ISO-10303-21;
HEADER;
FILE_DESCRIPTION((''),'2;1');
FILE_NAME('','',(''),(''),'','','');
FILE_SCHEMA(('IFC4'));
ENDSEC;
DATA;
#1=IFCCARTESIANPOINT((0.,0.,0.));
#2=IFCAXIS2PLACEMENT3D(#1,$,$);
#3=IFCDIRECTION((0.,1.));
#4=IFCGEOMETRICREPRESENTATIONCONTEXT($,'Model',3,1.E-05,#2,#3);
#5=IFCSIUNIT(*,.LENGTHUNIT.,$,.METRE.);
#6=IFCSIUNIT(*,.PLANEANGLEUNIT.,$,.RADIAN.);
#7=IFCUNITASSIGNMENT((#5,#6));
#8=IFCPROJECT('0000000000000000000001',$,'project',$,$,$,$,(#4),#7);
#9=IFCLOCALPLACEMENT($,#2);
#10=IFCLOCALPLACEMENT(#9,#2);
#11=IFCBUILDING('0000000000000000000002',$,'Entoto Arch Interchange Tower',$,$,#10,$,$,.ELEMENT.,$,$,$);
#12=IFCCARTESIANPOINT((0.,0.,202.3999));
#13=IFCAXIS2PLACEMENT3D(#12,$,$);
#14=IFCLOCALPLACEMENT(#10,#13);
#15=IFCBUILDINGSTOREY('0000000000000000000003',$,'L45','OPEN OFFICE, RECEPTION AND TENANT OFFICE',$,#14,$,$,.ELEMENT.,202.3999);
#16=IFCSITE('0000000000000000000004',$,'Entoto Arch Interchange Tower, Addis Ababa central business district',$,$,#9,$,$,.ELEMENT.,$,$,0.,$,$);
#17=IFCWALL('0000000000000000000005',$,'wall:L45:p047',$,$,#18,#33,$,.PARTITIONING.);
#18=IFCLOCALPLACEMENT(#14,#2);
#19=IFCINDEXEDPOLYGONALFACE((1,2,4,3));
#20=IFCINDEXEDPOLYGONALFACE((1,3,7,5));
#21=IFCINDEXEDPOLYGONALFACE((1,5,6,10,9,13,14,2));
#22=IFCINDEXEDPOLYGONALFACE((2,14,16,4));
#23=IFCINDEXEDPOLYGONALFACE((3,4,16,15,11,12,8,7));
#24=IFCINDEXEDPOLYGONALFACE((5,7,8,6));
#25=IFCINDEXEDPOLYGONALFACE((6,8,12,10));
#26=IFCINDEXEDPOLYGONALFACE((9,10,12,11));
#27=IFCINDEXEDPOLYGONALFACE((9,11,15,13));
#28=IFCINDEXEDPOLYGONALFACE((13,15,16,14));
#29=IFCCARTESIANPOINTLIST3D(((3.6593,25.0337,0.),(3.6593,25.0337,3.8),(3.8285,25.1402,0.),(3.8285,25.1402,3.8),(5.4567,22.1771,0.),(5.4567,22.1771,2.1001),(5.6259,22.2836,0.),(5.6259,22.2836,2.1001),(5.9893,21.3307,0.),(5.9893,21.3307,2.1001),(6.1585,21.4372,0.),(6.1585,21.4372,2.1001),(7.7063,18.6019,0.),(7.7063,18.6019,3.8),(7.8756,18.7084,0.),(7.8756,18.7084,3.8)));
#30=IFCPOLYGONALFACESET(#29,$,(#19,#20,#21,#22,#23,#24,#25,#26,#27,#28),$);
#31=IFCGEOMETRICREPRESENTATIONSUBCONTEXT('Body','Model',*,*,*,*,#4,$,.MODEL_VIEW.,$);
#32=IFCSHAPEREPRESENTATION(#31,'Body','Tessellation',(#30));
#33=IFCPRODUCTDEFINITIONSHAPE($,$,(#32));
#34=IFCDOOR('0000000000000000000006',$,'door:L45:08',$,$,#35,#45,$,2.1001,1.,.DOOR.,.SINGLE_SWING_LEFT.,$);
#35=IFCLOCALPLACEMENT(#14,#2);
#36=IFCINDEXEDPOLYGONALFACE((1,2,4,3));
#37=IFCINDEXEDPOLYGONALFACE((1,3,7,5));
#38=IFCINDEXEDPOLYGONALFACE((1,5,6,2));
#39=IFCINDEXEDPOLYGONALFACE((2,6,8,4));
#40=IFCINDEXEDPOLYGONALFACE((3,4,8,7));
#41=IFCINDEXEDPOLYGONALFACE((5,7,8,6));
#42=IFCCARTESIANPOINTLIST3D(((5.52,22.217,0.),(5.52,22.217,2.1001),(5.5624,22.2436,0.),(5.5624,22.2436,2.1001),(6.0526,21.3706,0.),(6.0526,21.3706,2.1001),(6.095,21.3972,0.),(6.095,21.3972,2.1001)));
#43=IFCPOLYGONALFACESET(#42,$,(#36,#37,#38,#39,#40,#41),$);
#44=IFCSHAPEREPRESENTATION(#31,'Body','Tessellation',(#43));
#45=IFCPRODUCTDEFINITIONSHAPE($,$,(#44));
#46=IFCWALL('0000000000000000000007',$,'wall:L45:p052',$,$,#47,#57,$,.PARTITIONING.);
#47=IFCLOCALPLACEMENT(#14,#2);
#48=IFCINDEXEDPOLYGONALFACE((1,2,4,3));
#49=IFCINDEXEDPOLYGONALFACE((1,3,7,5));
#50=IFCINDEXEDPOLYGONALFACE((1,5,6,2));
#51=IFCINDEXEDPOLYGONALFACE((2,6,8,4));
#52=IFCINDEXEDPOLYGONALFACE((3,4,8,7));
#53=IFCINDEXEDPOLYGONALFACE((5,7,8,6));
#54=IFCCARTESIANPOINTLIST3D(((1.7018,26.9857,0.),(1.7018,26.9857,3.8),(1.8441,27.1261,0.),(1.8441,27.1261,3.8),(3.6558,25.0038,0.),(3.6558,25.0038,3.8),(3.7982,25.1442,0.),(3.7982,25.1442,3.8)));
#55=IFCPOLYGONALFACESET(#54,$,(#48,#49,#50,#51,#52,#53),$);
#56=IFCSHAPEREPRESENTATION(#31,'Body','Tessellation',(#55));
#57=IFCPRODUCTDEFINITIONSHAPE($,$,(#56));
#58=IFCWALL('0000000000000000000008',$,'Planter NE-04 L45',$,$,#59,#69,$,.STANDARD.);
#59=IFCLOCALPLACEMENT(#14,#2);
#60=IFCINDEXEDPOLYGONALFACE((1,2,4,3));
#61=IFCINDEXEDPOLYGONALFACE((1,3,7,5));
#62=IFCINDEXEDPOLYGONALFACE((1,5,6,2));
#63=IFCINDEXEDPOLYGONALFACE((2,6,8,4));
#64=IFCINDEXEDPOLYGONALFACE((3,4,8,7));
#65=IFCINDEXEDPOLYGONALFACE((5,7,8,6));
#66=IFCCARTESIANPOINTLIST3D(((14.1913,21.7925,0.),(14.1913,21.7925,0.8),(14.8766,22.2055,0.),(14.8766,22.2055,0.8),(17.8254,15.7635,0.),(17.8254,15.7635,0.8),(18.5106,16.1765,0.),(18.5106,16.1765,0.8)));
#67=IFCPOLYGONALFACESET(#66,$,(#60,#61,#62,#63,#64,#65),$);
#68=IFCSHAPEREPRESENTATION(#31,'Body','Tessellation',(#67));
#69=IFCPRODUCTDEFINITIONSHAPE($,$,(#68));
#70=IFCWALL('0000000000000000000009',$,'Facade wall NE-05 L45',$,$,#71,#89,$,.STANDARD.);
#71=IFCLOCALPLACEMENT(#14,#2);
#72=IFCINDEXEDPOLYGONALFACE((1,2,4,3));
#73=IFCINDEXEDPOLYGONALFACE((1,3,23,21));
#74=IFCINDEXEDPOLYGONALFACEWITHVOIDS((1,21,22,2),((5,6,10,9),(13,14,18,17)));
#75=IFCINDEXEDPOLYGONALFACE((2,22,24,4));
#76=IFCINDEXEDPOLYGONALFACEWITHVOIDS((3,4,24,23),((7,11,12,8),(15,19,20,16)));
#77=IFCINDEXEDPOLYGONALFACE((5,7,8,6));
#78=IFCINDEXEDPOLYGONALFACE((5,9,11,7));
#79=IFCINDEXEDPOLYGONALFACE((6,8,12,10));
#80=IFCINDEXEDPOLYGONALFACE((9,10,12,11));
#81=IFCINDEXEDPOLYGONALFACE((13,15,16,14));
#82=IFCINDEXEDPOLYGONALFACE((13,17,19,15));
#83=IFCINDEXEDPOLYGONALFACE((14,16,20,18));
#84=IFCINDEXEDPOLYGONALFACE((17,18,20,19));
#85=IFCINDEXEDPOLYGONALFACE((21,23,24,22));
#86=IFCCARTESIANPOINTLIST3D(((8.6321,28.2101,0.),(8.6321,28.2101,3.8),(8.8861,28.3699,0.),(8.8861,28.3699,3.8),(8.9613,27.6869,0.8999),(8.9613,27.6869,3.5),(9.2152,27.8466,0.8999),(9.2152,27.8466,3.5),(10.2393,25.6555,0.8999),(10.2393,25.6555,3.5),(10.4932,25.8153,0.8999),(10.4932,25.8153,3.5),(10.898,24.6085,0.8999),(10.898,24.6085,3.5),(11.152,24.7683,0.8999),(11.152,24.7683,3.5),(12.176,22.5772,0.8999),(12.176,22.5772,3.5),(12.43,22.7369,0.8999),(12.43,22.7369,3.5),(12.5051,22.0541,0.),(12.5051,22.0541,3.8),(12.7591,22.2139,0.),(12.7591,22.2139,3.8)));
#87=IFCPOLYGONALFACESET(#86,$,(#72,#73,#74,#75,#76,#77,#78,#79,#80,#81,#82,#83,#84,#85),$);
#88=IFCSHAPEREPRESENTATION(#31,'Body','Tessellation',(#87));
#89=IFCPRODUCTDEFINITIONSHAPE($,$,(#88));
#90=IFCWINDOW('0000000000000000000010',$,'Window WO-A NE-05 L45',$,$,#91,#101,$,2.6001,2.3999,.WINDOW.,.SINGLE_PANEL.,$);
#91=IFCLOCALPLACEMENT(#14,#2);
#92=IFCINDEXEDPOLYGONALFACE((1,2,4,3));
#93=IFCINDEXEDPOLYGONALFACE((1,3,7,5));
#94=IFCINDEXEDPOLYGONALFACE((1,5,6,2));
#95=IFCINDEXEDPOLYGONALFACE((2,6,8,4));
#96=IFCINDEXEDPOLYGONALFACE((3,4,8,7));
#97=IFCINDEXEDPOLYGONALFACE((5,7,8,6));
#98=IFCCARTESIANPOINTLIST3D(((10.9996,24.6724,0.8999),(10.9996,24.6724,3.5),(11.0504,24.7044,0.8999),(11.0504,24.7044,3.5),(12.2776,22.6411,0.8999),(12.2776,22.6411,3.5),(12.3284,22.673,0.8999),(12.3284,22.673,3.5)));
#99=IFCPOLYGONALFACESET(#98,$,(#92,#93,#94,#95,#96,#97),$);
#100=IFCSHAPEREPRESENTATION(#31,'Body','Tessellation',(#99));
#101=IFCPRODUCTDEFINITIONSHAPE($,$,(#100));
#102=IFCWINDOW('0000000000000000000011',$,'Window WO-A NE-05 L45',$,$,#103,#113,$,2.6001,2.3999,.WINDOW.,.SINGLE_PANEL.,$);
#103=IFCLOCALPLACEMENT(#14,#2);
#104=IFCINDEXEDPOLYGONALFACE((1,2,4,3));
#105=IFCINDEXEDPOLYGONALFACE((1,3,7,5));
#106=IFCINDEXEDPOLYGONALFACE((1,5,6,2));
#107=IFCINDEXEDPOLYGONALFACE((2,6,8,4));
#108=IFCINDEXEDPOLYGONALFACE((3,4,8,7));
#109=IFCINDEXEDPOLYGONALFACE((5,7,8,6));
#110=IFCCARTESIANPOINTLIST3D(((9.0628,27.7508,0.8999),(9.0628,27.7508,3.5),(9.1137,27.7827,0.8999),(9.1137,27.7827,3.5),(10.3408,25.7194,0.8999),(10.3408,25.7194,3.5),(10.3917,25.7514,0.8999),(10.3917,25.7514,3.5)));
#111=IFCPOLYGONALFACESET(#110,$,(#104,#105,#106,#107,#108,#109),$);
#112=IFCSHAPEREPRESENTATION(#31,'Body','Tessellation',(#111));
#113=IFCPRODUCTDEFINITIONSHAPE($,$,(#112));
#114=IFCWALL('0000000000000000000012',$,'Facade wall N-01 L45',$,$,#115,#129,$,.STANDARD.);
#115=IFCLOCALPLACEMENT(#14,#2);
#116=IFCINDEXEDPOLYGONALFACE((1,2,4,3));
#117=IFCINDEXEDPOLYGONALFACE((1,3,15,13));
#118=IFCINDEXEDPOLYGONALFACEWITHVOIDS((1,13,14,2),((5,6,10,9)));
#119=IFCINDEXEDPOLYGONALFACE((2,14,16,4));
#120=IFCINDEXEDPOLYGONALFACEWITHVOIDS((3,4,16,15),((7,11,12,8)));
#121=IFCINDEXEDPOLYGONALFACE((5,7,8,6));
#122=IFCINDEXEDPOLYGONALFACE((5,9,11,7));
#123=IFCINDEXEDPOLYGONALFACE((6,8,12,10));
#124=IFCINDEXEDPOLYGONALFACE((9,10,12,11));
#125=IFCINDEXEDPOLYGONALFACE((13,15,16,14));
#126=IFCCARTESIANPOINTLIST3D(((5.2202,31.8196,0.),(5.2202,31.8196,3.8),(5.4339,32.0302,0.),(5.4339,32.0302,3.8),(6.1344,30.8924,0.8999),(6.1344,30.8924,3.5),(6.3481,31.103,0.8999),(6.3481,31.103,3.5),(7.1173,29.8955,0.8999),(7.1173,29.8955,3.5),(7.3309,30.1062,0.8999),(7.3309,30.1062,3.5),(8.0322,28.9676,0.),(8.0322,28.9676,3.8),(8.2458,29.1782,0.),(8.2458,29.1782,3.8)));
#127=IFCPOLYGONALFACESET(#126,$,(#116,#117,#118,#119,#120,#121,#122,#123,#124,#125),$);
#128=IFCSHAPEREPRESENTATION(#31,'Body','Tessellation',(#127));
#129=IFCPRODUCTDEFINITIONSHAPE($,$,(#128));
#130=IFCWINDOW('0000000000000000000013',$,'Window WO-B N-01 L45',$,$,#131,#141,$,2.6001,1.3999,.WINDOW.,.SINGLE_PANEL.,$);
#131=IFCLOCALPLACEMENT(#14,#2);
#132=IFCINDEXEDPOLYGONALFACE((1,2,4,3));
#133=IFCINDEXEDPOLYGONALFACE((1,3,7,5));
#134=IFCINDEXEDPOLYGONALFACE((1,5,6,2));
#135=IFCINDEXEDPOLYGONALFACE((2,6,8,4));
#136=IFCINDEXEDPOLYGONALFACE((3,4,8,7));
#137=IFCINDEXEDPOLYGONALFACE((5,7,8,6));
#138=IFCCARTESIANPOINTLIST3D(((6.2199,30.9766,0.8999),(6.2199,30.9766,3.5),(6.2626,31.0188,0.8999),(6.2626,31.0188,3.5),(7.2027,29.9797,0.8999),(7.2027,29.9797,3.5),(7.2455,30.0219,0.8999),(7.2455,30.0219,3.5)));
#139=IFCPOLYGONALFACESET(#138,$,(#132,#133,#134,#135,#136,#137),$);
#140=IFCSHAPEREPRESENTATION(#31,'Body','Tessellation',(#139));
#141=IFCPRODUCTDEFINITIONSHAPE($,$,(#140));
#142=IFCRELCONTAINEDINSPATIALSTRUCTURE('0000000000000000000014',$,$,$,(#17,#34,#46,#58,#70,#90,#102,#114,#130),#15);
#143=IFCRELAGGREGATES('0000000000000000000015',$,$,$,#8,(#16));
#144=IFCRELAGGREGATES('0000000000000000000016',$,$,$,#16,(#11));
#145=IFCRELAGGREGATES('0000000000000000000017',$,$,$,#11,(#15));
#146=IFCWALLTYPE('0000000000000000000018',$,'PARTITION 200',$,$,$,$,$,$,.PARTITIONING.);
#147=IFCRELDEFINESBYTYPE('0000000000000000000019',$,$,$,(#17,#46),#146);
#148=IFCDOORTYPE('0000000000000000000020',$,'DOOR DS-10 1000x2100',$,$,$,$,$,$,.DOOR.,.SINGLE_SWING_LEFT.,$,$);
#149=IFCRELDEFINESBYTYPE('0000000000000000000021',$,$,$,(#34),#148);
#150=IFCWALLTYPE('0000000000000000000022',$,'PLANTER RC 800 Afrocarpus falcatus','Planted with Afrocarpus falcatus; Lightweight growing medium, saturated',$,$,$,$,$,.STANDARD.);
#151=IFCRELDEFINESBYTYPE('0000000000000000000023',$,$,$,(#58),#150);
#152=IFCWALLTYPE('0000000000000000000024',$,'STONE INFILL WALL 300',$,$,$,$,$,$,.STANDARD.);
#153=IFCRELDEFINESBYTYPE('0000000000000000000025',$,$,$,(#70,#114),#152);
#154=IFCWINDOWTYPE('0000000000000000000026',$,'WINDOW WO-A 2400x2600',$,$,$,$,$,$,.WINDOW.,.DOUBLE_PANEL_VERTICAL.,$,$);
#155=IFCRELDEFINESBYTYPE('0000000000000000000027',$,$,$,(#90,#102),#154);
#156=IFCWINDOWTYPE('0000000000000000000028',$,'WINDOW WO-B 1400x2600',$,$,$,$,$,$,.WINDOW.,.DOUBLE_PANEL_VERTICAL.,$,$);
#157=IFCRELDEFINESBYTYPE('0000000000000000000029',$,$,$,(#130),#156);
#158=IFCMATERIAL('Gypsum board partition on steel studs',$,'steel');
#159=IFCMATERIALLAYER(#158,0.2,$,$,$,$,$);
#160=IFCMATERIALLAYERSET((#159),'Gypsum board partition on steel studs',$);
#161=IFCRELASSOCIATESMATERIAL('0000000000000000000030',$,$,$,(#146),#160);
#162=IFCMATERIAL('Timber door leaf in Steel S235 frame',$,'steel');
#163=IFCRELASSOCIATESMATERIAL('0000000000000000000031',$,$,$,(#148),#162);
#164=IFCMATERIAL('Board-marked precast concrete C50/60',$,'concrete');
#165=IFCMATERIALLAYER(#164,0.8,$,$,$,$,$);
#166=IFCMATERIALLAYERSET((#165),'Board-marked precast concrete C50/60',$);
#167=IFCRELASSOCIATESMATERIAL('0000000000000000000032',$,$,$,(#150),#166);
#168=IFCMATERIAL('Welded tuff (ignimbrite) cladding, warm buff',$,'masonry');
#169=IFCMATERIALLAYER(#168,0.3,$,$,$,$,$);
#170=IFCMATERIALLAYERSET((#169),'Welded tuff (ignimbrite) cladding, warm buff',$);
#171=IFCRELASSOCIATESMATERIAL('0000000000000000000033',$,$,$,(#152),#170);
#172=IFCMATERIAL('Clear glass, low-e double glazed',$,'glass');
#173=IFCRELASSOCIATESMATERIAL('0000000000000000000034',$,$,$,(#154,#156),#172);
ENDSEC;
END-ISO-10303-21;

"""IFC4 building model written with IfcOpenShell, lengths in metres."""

from ifc_helpers import new_model, si_unit, direction, frame, frame_2d, origin, place, context, subcontext, project, spatial, rectangle, extrude, material, layer, layer_set, type_object, element, fill, save


model = new_model("IFC4")

# Units and contexts
model_context = context("Model", 3, precision=1e-05, world=origin(), true_north=direction((0.0, 1.0)))
body_context = subcontext(model_context, "Body", "Model", "MODEL_VIEW")
ifc_project = project(units=[si_unit("LENGTHUNIT", "METRE"), si_unit("PLANEANGLEUNIT", "RADIAN")], contexts=[model_context])

# Site, building, storey
site_placement = place(None, origin())
site = spatial("IfcSite", under=ifc_project, at=site_placement, Name="Entoto Arch Interchange Tower, Addis Ababa central business district", CompositionType="ELEMENT", RefElevation=0.0)
building_placement = place(site_placement, origin())
building = spatial("IfcBuilding", under=site, at=building_placement, Name="Entoto Arch Interchange Tower", CompositionType="ELEMENT")
storey_placement = place(building_placement, frame((0.0, 0.0, 202.3999)))
storey = spatial("IfcBuildingStorey", under=building, at=storey_placement, Name="L45", Description="OPEN OFFICE, RECEPTION AND TENANT OFFICE", CompositionType="ELEMENT", Elevation=202.3999)

# Shared definitions
ifc_material_1 = material(Name="Gypsum board partition on steel studs", Category="steel")

# Shared definitions
ifc_layer_1 = layer(ifc_material_1, 0.2)
ifc_layer_set_1 = layer_set([ifc_layer_1], Name="Gypsum board partition on steel studs")
wall_type_1 = type_object("IfcWallType", Name="PARTITION 200", PredefinedType="PARTITIONING", material=ifc_layer_set_1)
ifc_material_2 = material(Name="Timber door leaf in Steel S235 frame", Category="steel")
door_type_1 = type_object("IfcDoorType", Name="DOOR DS-10 1000x2100", OperationType="SINGLE_SWING_LEFT", PredefinedType="DOOR", material=ifc_material_2)

# Wall, opening, door
wall_1_placement = place(storey_placement, frame((3.7439, 25.0869, 0.0), z_axis=(0.0, 0.0, 1.0), x_axis=(0.53257, -0.846386, 0.0)))
wall_1 = element("IfcWall", 1, at=wall_1_placement, inside=storey, type_object=wall_type_1, Name="wall:L45:p047", PredefinedType="PARTITIONING", context=body_context, shape_type="SweptSolid", body=[
    extrude(rectangle(XDim=7.5991, YDim=0.2, at=frame_2d((3.7996, 0.0))), origin(), (0.0, 0.0, 1.0), 3.8),
])
opening_1_placement = place(wall_1_placement, frame((3.375, 0.0, 0.0)))
opening_1 = element("IfcOpeningElement", 2, at=opening_1_placement, cuts=wall_1, PredefinedType="OPENING", context=body_context, shape_type="SweptSolid", body=[
    extrude(rectangle(XDim=1.0, YDim=2.1001, at=frame_2d((0.5, 1.05))), frame((0.0, 0.1099, 0.0), z_axis=(0.0, -1.0, 0.0), x_axis=(1.0, 0.0, 0.0)), (0.0, 0.0, 1.0), 0.22),
])
door_1_placement = place(opening_1_placement, origin())
door_1 = element("IfcDoor", 3, at=door_1_placement, inside=storey, type_object=door_type_1, Name="door:L45:08", OperationType="SINGLE_SWING_LEFT", OverallHeight=2.1001, OverallWidth=1.0, PredefinedType="DOOR", context=body_context, shape_type="SweptSolid", body=[
    extrude(rectangle(XDim=1.0, YDim=2.1001, at=frame_2d((0.5, 1.05))), frame((0.0, 0.0249, 0.0), z_axis=(0.0, -1.0, 0.0), x_axis=(1.0, 0.0, 0.0)), (0.0, 0.0, 1.0), 0.05),
])
fill(opening_1, door_1)

# Walls
wall_2_placement = place(storey_placement, frame((1.7729, 27.0559, 0.0), z_axis=(0.0, 0.0, 1.0), x_axis=(0.702089, -0.712089, 0.0)))
element("IfcWall", 4, at=wall_2_placement, inside=storey, type_object=wall_type_1, Name="wall:L45:p052", PredefinedType="PARTITIONING", context=body_context, shape_type="SweptSolid", body=[
    extrude(rectangle(XDim=2.7832, YDim=0.2, at=frame_2d((1.3916, 0.0))), origin(), (0.0, 0.0, 1.0), 3.8),
])
ifc_material_3 = material(Name="Board-marked precast concrete C50/60", Category="concrete")
ifc_layer_2 = layer(ifc_material_3, 0.8)
ifc_layer_set_2 = layer_set([ifc_layer_2], Name="Board-marked precast concrete C50/60")
wall_type_2 = type_object("IfcWallType", Name="PLANTER RC 800 Afrocarpus falcatus", Description="Planted with Afrocarpus falcatus; Lightweight growing medium, saturated", PredefinedType="STANDARD", material=ifc_layer_set_2)
wall_3_placement = place(storey_placement, frame((18.168, 15.97, 0.0), z_axis=(0.0, 0.0, 1.0), x_axis=(-0.516229, 0.856451, 0.0)))
element("IfcWall", 5, at=wall_3_placement, inside=storey, type_object=wall_type_2, Name="Planter NE-04 L45", PredefinedType="STANDARD", context=body_context, shape_type="SweptSolid", body=[
    extrude(rectangle(XDim=7.0396, YDim=0.8, at=frame_2d((3.5198, 0.0))), origin(), (0.0, 0.0, 1.0), 0.8),
])

# Shared definitions
ifc_material_4 = material(Name="Welded tuff (ignimbrite) cladding, warm buff", Category="masonry")
ifc_layer_3 = layer(ifc_material_4, 0.3)
ifc_layer_set_3 = layer_set([ifc_layer_3], Name="Welded tuff (ignimbrite) cladding, warm buff")
wall_type_3 = type_object("IfcWallType", Name="STONE INFILL WALL 300", PredefinedType="STANDARD", material=ifc_layer_set_3)
ifc_material_5 = material(Name="Clear glass, low-e double glazed", Category="glass")
window_type_1 = type_object("IfcWindowType", Name="WINDOW WO-A 2400x2600", PartitioningType="DOUBLE_PANEL_VERTICAL", PredefinedType="WINDOW", material=ifc_material_5)

# Wall, openings, windows
wall_4_placement = place(storey_placement, frame((12.6321, 22.134, 0.0), z_axis=(0.0, 0.0, 1.0), x_axis=(-0.532522, 0.846416, 0.0)))
wall_4 = element("IfcWall", 6, at=wall_4_placement, inside=storey, type_object=wall_type_3, Name="Facade wall NE-05 L45", PredefinedType="STANDARD", context=body_context, shape_type="SweptSolid", body=[
    extrude(rectangle(XDim=7.2729, YDim=0.3, at=frame_2d((3.6365, 0.0))), origin(), (0.0, 0.0, 1.0), 3.8),
])
opening_2_placement = place(wall_4_placement, frame((0.6179, 0.0, 0.8999)))
opening_2 = element("IfcOpeningElement", 7, at=opening_2_placement, cuts=wall_4, PredefinedType="OPENING", context=body_context, shape_type="SweptSolid", body=[
    extrude(rectangle(XDim=2.3999, YDim=2.6001, at=frame_2d((1.2, 1.3))), frame((0.0, 0.1602, 0.0), z_axis=(0.0, -1.0, 0.0), x_axis=(1.0, 0.0, 0.0)), (0.0, 0.0, 1.0), 0.3201),
])
opening_3_placement = place(wall_4_placement, frame((4.2549, 0.0, 0.8999)))
opening_3 = element("IfcOpeningElement", 8, at=opening_3_placement, cuts=wall_4, PredefinedType="OPENING", context=body_context, shape_type="SweptSolid", body=[
    extrude(rectangle(XDim=2.3999, YDim=2.6001, at=frame_2d((1.2, 1.3))), frame((0.0, 0.1602, 0.0), z_axis=(0.0, -1.0, 0.0), x_axis=(1.0, 0.0, 0.0)), (0.0, 0.0, 1.0), 0.3201),
])
window_1_placement = place(opening_2_placement, origin())
window_1 = element("IfcWindow", 9, at=window_1_placement, inside=storey, type_object=window_type_1, Name="Window WO-A NE-05 L45", OverallHeight=2.6001, OverallWidth=2.3999, PartitioningType="SINGLE_PANEL", PredefinedType="WINDOW", context=body_context, shape_type="SweptSolid", body=[
    extrude(rectangle(XDim=2.3999, YDim=2.6001, at=frame_2d((1.2, 1.3))), frame((0.0, 0.03, 0.0), z_axis=(0.0, -1.0, 0.0), x_axis=(1.0, 0.0, 0.0)), (0.0, 0.0, 1.0), 0.0601),
])
fill(opening_2, window_1)
window_2_placement = place(opening_3_placement, origin())
window_2 = element("IfcWindow", 10, at=window_2_placement, inside=storey, type_object=window_type_1, Name="Window WO-A NE-05 L45", OverallHeight=2.6001, OverallWidth=2.3999, PartitioningType="SINGLE_PANEL", PredefinedType="WINDOW", context=body_context, shape_type="SweptSolid", body=[
    extrude(rectangle(XDim=2.3999, YDim=2.6001, at=frame_2d((1.2, 1.3))), frame((0.0, 0.03, 0.0), z_axis=(0.0, -1.0, 0.0), x_axis=(1.0, 0.0, 0.0)), (0.0, 0.0, 1.0), 0.0601),
])
fill(opening_3, window_2)

# Wall, opening, window
wall_5_placement = place(storey_placement, frame((8.1389, 29.073, 0.0), z_axis=(0.0, 0.0, 1.0), x_axis=(-0.702091, 0.712088, 0.0)))
wall_5 = element("IfcWall", 11, at=wall_5_placement, inside=storey, type_object=wall_type_3, Name="Facade wall N-01 L45", PredefinedType="STANDARD", context=body_context, shape_type="SweptSolid", body=[
    extrude(rectangle(XDim=4.0051, YDim=0.3, at=frame_2d((2.0024, 0.0))), origin(), (0.0, 0.0, 1.0), 3.8),
])
opening_4_placement = place(wall_5_placement, frame((1.303, 0.0, 0.8999)))
opening_4 = element("IfcOpeningElement", 12, at=opening_4_placement, cuts=wall_5, PredefinedType="OPENING", context=body_context, shape_type="SweptSolid", body=[
    extrude(rectangle(XDim=1.3999, YDim=2.6001, at=frame_2d((0.7, 1.3))), frame((0.0, 0.1602, 0.0), z_axis=(0.0, -1.0, 0.0), x_axis=(1.0, 0.0, 0.0)), (0.0, 0.0, 1.0), 0.3201),
])
window_type_2 = type_object("IfcWindowType", Name="WINDOW WO-B 1400x2600", PartitioningType="DOUBLE_PANEL_VERTICAL", PredefinedType="WINDOW", material=ifc_material_5)
window_3_placement = place(opening_4_placement, origin())
window_3 = element("IfcWindow", 13, at=window_3_placement, inside=storey, type_object=window_type_2, Name="Window WO-B N-01 L45", OverallHeight=2.6001, OverallWidth=1.3999, PartitioningType="SINGLE_PANEL", PredefinedType="WINDOW", context=body_context, shape_type="SweptSolid", body=[
    extrude(rectangle(XDim=1.3999, YDim=2.6001, at=frame_2d((0.7, 1.3))), frame((0.0, 0.03, 0.0), z_axis=(0.0, -1.0, 0.0), x_axis=(1.0, 0.0, 0.0)), (0.0, 0.0, 1.0), 0.0601),
])
fill(opening_4, window_3)

save(model, "model.ifc")
